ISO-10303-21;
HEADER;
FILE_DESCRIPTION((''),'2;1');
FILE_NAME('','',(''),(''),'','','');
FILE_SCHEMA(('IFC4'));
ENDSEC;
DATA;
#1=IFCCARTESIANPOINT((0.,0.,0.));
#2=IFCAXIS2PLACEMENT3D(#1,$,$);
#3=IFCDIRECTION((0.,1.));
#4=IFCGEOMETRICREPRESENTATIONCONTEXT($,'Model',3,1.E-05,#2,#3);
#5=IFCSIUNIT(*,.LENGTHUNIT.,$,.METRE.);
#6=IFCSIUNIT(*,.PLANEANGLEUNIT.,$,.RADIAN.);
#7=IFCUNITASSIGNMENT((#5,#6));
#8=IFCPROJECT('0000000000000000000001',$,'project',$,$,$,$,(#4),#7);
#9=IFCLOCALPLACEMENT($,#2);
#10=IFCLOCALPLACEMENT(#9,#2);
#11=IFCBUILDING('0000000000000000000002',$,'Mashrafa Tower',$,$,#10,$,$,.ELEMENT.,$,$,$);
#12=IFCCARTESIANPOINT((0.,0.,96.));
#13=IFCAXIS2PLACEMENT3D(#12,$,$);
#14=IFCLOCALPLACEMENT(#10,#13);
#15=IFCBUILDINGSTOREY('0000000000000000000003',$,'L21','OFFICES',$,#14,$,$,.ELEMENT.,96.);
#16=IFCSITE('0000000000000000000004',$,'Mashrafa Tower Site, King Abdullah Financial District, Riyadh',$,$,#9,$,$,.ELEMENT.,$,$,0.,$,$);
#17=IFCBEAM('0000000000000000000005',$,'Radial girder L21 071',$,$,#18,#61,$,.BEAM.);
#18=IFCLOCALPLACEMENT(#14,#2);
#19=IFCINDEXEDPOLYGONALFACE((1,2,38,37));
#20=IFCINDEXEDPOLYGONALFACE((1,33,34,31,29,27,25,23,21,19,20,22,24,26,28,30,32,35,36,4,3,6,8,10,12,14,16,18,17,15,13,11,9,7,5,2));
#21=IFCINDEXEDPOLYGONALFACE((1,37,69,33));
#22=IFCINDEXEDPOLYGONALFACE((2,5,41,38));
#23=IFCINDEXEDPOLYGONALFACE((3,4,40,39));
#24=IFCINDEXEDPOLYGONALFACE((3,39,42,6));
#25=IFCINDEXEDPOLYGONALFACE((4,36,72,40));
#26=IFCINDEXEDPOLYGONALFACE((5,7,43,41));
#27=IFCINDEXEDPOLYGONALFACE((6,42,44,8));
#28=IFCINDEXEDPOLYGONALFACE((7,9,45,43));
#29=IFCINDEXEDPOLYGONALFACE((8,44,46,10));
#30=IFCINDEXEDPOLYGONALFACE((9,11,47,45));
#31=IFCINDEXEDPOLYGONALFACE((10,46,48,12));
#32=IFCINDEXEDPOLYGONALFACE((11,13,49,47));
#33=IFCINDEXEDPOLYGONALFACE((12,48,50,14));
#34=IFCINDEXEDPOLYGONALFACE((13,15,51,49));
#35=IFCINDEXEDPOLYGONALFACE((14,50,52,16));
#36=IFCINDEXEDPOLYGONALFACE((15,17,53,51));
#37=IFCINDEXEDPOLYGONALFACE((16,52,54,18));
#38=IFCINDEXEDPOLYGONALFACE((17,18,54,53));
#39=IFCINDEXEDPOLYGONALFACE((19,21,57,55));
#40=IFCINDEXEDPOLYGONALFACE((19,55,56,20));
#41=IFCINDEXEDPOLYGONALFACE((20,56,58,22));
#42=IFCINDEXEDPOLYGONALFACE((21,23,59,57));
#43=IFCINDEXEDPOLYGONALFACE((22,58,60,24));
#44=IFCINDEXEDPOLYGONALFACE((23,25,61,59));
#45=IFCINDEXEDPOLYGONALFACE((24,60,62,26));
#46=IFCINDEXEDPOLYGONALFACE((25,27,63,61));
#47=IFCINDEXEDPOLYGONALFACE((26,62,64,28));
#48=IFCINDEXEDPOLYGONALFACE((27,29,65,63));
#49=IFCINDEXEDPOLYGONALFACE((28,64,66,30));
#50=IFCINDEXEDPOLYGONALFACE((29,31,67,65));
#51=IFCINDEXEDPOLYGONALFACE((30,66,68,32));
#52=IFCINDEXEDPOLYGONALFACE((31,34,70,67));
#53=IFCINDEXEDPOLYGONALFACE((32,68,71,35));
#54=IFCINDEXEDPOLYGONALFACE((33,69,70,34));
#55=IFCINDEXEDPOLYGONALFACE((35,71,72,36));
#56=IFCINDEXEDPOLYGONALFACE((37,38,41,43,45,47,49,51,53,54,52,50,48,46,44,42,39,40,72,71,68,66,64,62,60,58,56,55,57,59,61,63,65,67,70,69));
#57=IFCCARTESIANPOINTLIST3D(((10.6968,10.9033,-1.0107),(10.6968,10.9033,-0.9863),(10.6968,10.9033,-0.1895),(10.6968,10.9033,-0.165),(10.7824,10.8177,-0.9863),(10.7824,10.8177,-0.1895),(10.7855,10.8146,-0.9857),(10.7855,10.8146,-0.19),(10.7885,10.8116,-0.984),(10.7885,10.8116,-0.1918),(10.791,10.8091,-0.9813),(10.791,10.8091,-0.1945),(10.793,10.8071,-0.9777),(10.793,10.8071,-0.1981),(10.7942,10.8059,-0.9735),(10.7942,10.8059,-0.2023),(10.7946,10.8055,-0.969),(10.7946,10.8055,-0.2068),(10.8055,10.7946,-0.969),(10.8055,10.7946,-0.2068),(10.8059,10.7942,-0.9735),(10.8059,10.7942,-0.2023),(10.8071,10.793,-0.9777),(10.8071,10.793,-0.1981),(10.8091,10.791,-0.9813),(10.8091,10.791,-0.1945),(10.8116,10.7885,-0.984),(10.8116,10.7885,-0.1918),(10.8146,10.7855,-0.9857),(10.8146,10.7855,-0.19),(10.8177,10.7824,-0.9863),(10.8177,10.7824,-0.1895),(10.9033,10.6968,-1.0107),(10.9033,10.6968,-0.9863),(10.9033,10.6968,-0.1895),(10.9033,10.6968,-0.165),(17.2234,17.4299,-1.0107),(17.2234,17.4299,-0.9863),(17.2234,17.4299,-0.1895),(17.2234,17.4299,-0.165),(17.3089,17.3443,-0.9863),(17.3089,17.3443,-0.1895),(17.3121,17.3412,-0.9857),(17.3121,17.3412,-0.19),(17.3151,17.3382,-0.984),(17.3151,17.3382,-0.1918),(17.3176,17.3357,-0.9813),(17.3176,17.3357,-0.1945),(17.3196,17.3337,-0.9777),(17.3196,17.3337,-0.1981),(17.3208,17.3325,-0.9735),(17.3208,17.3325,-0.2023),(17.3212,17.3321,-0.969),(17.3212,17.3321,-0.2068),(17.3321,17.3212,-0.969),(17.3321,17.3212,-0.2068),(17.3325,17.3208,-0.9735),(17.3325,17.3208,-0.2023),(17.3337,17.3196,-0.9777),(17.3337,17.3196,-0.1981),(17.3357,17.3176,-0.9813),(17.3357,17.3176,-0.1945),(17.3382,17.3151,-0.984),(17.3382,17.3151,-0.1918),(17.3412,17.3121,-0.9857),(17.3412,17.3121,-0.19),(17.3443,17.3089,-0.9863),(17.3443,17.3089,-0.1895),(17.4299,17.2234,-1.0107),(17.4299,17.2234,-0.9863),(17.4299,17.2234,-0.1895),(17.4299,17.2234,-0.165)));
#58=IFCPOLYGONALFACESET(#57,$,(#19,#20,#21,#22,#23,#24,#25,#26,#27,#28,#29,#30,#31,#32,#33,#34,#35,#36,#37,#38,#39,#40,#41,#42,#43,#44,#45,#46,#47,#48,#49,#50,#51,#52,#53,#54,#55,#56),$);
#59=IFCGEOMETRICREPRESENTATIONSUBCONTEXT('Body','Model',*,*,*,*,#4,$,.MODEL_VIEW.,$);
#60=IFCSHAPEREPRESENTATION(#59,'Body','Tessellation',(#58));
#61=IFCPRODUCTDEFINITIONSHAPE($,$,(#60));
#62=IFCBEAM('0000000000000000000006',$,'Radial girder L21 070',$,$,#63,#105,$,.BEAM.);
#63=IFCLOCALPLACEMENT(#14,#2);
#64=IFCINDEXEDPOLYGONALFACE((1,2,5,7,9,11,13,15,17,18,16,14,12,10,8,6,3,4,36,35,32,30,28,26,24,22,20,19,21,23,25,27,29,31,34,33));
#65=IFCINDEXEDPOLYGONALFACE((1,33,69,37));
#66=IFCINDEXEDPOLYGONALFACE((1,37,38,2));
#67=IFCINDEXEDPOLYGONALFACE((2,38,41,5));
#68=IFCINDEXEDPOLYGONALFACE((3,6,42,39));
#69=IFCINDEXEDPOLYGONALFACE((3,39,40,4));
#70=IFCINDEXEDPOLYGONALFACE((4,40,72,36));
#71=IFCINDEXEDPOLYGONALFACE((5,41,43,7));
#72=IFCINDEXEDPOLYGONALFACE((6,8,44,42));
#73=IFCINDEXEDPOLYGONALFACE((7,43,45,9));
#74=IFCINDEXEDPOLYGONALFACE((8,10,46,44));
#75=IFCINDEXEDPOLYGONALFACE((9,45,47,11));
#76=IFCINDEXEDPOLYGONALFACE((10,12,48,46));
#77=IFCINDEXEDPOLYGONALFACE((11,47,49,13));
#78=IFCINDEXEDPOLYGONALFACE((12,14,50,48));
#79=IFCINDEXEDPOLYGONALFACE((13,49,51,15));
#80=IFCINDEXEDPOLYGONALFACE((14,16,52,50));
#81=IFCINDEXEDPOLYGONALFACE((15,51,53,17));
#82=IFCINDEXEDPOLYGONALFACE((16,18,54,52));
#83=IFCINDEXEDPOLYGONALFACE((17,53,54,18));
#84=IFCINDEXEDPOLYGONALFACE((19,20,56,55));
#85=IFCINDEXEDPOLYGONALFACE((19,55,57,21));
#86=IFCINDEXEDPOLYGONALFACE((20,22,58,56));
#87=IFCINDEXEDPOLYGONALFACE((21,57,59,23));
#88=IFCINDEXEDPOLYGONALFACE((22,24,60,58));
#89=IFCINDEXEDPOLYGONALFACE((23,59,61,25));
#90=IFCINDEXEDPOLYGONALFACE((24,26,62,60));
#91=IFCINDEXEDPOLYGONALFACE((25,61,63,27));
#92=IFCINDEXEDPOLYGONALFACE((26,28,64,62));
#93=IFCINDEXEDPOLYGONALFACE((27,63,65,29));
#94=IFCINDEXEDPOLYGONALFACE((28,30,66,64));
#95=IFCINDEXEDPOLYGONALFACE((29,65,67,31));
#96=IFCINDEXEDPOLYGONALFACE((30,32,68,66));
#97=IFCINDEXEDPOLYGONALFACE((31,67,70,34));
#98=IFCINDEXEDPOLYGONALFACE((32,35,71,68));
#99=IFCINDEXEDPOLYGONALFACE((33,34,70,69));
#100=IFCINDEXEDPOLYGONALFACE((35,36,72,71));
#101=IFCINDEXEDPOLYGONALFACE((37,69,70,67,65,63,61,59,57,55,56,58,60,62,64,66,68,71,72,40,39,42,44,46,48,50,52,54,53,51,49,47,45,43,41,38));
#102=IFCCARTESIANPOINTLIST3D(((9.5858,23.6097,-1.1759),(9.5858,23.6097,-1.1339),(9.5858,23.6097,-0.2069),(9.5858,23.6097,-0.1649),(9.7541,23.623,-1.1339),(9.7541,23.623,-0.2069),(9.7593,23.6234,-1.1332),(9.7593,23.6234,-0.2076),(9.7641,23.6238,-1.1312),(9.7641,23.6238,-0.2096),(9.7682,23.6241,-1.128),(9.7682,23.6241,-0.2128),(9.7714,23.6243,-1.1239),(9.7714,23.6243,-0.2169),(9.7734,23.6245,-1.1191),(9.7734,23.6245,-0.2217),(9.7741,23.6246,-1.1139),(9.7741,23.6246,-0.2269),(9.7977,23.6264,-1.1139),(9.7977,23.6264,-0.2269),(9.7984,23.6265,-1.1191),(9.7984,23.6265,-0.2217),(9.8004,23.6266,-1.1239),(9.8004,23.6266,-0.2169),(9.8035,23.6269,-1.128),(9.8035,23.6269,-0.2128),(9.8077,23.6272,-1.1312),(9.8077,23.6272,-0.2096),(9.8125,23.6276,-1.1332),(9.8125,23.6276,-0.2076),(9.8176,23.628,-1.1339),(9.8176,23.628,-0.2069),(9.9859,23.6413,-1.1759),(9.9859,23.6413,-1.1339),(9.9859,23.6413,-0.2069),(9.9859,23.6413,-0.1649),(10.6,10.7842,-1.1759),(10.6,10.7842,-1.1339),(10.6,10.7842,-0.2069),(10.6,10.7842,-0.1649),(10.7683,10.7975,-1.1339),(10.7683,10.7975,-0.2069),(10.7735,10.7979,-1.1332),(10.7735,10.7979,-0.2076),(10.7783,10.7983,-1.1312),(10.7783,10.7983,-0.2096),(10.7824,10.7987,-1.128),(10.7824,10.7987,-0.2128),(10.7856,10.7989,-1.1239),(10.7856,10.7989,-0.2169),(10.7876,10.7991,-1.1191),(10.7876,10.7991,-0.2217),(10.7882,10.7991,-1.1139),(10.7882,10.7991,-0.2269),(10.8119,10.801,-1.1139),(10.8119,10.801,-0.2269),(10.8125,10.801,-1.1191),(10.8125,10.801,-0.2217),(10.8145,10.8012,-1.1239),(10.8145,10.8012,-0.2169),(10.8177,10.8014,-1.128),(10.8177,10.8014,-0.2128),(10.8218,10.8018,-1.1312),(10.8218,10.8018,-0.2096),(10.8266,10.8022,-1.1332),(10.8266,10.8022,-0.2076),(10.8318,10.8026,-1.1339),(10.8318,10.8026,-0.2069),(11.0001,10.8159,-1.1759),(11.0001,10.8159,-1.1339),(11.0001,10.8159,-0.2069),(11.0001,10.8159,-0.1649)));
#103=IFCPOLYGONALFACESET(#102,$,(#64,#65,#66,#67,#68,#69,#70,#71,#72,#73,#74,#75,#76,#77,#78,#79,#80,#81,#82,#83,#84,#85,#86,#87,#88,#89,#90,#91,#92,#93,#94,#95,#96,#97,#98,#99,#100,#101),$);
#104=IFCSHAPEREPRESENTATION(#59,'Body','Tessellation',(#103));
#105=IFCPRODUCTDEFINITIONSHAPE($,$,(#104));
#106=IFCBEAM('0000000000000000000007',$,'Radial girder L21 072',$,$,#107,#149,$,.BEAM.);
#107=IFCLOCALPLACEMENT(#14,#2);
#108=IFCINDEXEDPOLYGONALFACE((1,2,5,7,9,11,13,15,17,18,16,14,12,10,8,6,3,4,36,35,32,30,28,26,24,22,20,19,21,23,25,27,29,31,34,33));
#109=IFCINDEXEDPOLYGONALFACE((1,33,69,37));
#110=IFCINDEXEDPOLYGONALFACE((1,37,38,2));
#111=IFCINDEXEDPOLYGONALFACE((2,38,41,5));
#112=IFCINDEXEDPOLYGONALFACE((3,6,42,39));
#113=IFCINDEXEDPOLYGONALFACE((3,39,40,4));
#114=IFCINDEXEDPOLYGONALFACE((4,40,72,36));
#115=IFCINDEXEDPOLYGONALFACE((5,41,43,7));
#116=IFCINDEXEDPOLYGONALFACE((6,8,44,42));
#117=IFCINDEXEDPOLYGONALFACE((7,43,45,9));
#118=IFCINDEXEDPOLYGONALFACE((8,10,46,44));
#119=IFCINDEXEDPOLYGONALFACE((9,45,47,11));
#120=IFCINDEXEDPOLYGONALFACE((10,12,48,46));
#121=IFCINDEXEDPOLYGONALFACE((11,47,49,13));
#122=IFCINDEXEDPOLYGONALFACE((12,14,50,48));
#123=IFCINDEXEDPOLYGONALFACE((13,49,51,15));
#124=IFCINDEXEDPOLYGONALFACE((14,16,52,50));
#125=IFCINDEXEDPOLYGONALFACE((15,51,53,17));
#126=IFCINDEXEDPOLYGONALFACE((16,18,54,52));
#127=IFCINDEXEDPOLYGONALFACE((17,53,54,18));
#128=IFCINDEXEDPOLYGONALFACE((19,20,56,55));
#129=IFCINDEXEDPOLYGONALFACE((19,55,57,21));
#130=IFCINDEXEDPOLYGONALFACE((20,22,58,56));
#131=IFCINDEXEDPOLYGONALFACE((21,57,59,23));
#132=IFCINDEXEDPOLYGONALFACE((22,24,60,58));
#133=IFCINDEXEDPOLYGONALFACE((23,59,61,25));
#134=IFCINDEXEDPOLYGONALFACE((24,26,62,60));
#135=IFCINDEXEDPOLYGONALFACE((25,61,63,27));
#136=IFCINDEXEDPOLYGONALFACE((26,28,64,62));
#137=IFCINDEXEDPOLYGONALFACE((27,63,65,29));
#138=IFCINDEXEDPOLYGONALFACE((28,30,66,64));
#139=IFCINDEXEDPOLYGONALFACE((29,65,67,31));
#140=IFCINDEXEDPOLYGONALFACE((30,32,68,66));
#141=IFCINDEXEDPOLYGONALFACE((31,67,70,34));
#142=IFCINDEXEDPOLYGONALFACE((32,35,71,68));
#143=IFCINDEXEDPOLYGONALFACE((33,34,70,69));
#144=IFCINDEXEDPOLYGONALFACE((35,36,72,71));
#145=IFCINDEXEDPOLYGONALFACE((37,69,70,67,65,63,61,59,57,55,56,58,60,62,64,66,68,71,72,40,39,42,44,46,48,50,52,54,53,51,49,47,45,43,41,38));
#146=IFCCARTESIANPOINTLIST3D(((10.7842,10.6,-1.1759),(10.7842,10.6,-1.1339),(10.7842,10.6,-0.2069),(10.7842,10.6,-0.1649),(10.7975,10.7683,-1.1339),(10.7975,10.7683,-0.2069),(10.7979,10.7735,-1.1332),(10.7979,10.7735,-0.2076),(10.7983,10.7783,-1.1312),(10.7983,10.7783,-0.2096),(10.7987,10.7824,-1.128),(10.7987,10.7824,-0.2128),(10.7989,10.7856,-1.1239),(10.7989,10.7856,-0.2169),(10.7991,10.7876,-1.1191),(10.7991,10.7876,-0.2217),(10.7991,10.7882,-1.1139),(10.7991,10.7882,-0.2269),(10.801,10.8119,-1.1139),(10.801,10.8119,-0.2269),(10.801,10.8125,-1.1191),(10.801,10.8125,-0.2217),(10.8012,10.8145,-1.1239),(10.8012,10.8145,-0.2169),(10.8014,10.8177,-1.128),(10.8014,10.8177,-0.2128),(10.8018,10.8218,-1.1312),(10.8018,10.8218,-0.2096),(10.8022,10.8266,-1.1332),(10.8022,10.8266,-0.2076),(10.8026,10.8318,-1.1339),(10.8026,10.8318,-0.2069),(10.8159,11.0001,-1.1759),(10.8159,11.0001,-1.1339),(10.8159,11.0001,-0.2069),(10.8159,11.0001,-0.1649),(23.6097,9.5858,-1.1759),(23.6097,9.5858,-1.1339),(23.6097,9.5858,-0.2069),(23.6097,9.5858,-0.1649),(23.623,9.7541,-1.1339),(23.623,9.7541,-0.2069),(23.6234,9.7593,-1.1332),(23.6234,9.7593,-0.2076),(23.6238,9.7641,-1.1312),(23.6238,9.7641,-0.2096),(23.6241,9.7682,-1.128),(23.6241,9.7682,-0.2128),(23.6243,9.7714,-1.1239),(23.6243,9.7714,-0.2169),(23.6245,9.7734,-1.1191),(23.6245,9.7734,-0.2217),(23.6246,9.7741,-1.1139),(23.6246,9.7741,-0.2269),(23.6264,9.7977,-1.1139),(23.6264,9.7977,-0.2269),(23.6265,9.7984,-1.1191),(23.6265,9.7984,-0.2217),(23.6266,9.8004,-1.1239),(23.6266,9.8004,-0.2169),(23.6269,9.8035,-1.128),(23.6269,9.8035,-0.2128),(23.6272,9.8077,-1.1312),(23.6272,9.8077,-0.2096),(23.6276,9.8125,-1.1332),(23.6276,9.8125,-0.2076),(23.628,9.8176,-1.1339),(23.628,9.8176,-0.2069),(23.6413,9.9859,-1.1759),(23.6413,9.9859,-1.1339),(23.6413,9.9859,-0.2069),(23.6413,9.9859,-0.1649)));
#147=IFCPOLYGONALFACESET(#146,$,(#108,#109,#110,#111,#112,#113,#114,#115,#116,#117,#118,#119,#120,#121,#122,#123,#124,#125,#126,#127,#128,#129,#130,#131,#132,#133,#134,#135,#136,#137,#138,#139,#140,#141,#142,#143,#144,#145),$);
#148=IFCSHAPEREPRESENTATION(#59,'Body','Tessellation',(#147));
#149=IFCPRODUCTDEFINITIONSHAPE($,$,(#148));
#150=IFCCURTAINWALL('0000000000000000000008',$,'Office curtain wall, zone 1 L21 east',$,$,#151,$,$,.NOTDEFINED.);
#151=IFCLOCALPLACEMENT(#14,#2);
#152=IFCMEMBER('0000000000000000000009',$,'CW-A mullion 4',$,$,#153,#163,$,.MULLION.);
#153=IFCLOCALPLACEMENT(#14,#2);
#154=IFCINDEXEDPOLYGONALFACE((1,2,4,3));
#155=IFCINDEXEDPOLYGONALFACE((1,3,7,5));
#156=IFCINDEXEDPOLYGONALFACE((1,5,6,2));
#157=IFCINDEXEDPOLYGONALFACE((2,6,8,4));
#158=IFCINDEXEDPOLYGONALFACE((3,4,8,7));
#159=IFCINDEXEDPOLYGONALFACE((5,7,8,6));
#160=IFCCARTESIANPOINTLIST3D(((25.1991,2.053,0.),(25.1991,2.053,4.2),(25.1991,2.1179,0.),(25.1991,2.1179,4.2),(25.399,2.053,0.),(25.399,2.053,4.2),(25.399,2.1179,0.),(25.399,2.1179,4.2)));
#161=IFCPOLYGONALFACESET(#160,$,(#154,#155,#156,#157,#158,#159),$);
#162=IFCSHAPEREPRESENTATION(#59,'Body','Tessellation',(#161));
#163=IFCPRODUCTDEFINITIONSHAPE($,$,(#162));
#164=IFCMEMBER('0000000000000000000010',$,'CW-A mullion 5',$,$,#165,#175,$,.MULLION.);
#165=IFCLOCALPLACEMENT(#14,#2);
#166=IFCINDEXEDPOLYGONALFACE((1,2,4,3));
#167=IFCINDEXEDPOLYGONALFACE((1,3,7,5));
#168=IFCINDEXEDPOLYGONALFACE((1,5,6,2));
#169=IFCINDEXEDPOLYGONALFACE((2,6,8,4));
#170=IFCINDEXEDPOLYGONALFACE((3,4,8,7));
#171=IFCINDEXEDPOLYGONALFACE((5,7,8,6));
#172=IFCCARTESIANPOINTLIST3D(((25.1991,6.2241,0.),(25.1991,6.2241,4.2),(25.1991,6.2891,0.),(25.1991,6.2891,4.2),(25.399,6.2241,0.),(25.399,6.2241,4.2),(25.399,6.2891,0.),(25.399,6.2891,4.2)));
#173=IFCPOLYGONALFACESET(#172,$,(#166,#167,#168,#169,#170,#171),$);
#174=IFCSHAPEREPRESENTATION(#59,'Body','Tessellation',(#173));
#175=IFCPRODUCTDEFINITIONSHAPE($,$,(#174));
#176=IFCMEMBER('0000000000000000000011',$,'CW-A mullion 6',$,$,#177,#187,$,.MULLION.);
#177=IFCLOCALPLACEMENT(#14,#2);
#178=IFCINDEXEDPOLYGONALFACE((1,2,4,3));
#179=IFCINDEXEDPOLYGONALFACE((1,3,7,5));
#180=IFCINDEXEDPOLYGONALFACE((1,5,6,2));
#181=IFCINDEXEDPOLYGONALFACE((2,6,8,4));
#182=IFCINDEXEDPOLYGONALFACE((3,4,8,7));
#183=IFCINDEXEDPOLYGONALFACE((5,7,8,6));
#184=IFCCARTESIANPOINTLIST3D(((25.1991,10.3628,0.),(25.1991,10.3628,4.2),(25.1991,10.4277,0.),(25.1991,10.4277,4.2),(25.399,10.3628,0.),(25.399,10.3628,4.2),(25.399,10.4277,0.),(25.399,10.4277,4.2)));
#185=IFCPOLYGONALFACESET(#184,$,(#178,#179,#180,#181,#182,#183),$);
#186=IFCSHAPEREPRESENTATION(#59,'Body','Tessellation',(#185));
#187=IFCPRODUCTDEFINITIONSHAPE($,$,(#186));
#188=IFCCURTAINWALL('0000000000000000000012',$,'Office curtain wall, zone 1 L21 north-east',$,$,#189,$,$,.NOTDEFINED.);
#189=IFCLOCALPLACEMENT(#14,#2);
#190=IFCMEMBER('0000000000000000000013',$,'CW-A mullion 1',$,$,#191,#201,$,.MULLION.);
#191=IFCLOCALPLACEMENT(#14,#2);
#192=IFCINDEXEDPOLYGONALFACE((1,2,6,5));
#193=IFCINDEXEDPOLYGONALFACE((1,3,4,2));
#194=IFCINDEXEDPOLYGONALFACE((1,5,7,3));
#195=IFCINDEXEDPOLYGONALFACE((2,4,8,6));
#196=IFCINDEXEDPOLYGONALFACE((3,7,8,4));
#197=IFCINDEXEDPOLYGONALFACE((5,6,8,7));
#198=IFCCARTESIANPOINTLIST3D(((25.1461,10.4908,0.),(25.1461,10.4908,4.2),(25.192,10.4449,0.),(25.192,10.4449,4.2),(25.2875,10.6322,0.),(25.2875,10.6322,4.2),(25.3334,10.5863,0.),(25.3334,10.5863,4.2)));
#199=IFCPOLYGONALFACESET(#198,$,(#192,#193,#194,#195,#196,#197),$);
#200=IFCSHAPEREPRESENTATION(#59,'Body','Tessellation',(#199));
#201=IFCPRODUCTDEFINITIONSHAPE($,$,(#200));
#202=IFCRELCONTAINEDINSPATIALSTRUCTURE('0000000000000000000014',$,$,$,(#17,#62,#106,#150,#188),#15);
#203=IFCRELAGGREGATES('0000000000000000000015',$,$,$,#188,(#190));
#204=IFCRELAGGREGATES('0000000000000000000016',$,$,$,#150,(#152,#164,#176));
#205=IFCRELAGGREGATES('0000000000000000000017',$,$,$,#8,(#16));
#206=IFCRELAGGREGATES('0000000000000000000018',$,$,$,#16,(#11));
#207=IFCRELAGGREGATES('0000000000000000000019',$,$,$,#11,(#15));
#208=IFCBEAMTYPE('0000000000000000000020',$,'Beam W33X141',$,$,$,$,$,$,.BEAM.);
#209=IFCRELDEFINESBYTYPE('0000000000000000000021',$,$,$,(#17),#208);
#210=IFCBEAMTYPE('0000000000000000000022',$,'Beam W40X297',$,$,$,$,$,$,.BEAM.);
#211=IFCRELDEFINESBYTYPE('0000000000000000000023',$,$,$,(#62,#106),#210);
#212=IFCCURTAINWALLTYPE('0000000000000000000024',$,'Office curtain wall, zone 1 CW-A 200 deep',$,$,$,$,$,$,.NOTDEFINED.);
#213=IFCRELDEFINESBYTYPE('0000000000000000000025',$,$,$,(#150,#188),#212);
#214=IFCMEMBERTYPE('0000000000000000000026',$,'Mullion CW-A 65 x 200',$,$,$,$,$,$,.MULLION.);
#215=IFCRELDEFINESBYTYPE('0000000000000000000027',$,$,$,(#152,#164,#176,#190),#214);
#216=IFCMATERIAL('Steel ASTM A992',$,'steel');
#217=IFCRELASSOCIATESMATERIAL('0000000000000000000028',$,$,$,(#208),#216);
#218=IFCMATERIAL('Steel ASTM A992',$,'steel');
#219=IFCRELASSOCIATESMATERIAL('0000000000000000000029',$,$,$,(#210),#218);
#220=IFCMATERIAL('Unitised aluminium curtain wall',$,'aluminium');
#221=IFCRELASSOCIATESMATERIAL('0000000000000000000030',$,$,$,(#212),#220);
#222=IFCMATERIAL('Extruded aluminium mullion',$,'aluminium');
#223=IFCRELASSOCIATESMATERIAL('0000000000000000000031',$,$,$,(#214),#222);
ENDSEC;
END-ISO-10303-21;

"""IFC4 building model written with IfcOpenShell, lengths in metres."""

from ifc_helpers import new_model, si_unit, direction, frame, origin, origin_2d, place, context, subcontext, project, spatial, rectangle, i_section, extrude, source, transform, mapped, material, material_profile, profile_set, type_object, type_shapes, element, aggregate, save


model = new_model("IFC4")

# Units and contexts
model_context = context("Model", 3, precision=1e-05, world=origin(), true_north=direction((0.0, 1.0)))
body_context = subcontext(model_context, "Body", "Model", "MODEL_VIEW")
ifc_project = project(units=[si_unit("LENGTHUNIT", "METRE"), si_unit("PLANEANGLEUNIT", "RADIAN")], contexts=[model_context])

# Site, building, storey
site_placement = place(None, origin())
site = spatial("IfcSite", under=ifc_project, at=site_placement, Name="Mashrafa Tower Site, King Abdullah Financial District, Riyadh", CompositionType="ELEMENT", RefElevation=0.0)
building_placement = place(site_placement, origin())
building = spatial("IfcBuilding", under=site, at=building_placement, Name="Mashrafa Tower", CompositionType="ELEMENT")
storey_placement = place(building_placement, frame((0.0, 0.0, 96.0)))
storey = spatial("IfcBuildingStorey", under=building, at=storey_placement, Name="L21", Description="OFFICES", CompositionType="ELEMENT", Elevation=96.0)

# Beams
ifc_material_1 = material(Name="Steel ASTM A992", Category="steel")
ifc_material_profile_1 = material_profile(ifc_material_1, i_section(OverallWidth=0.292, OverallDepth=0.8457, WebThickness=0.0154, FlangeThickness=0.0244, FilletRadius=0.0173, at=origin_2d()), Name="W33X141")
ifc_profile_set_1 = profile_set([ifc_material_profile_1], Name="Steel ASTM A992")
beam_type_1 = type_object("IfcBeamType", Name="Beam W33X141", PredefinedType="BEAM", material=ifc_profile_set_1)
beam_1_placement = place(storey_placement, frame((10.8, 10.8, -0.5879), z_axis=(0.707107, 0.707107, 0.0), x_axis=(-0.707107, 0.707107, 0.0)))
element("IfcBeam", 1, at=beam_1_placement, inside=storey, type_object=beam_type_1, Name="Radial girder L21 071", PredefinedType="BEAM", context=body_context, shape_type="SweptSolid", body=[
    extrude(i_section(OverallWidth=0.292, OverallDepth=0.8457, WebThickness=0.0154, FlangeThickness=0.0244, FilletRadius=0.0173, at=origin_2d()), origin(), (0.0, 0.0, 1.0), 9.23),
])
ifc_material_2 = material(Name="Steel ASTM A992", Category="steel")
ifc_material_profile_2 = material_profile(ifc_material_2, i_section(OverallWidth=0.4014, OverallDepth=1.011, WebThickness=0.0237, FlangeThickness=0.042, FilletRadius=0.02, at=origin_2d()), Name="W40X297")
ifc_profile_set_2 = profile_set([ifc_material_profile_2], Name="Steel ASTM A992")
beam_type_2 = type_object("IfcBeamType", Name="Beam W40X297", PredefinedType="BEAM", material=ifc_profile_set_2)
for number, where, z_axis, x_axis, name in (
    (2, (10.8, 10.8, -0.6704), (-0.078828, 0.996888, 0.0), (-0.996888, -0.078828, 0.0), "Radial girder L21 070"),
    (3, (10.8, 10.8, -0.6704), (0.996888, -0.078828, 0.0), (0.078828, 0.996888, 0.0), "Radial girder L21 072"),
):
    element("IfcBeam", number, at=place(storey_placement, frame(where, z_axis=z_axis, x_axis=x_axis)), inside=storey, type_object=beam_type_2, Name=name, PredefinedType="BEAM", context=body_context, shape_type="SweptSolid", body=[
        extrude(i_section(OverallWidth=0.4014, OverallDepth=1.011, WebThickness=0.0237, FlangeThickness=0.042, FilletRadius=0.02, at=origin_2d()), origin(), (0.0, 0.0, 1.0), 12.8655),
    ])

# Curtain wall, members
ifc_material_3 = material(Name="Unitised aluminium curtain wall", Category="aluminium")
curtain_wall_type = type_object("IfcCurtainWallType", Name="Office curtain wall, zone 1 CW-A 200 deep", PredefinedType="NOTDEFINED", material=ifc_material_3)
curtain_wall_1_placement = place(storey_placement, origin())
curtain_wall_1 = element("IfcCurtainWall", 4, at=curtain_wall_1_placement, inside=storey, type_object=curtain_wall_type, Name="Office curtain wall, zone 1 L21 east", PredefinedType="NOTDEFINED")
ifc_material_4 = material(Name="Extruded aluminium mullion", Category="aluminium")
ifc_material_profile_3 = material_profile(ifc_material_4, rectangle(XDim=0.2, YDim=0.0649, at=origin_2d()), Name="Mullion 65x200")
ifc_profile_set_3 = profile_set([ifc_material_profile_3], Name="Extruded aluminium mullion")
member_type_1 = type_object("IfcMemberType", Name="Mullion CW-A 65 x 200", PredefinedType="MULLION", material=ifc_profile_set_3)
shared_shape_1 = source(origin(), body_context, "Body", "SweptSolid", [
    extrude(rectangle(XDim=0.2, YDim=0.0649, at=origin_2d()), origin(), (0.0, 0.0, 1.0), 4.2),
])
type_shapes(member_type_1, [shared_shape_1])
member_1_placement = place(storey_placement, frame((25.2991, 2.0854, 0.0), z_axis=(0.0, 0.0, 1.0), x_axis=(-1.0, 0.0, 0.0)))
member_1 = element("IfcMember", 5, at=member_1_placement, type_object=member_type_1, Name="CW-A mullion 4", PredefinedType="MULLION", context=body_context, shape_type="MappedRepresentation", body=[
    mapped(shared_shape_1, transform((0.0, 0.0, 0.0))),
])
member_2_placement = place(storey_placement, frame((25.2991, 6.2566, 0.0), z_axis=(0.0, 0.0, 1.0), x_axis=(-1.0, 0.0, 0.0)))
member_2 = element("IfcMember", 6, at=member_2_placement, type_object=member_type_1, Name="CW-A mullion 5", PredefinedType="MULLION", context=body_context, shape_type="MappedRepresentation", body=[
    mapped(shared_shape_1, transform((0.0, 0.0, 0.0))),
])
member_3_placement = place(storey_placement, frame((25.2991, 10.3953, 0.0), z_axis=(0.0, 0.0, 1.0), x_axis=(-1.0, 0.0, 0.0)))
member_3 = element("IfcMember", 7, at=member_3_placement, type_object=member_type_1, Name="CW-A mullion 6", PredefinedType="MULLION", context=body_context, shape_type="MappedRepresentation", body=[
    mapped(shared_shape_1, transform((0.0, 0.0, 0.0))),
])

# Curtain wall, member
curtain_wall_2_placement = place(storey_placement, origin())
curtain_wall_2 = element("IfcCurtainWall", 8, at=curtain_wall_2_placement, inside=storey, type_object=curtain_wall_type, Name="Office curtain wall, zone 1 L21 north-east", PredefinedType="NOTDEFINED")
member_4_placement = place(storey_placement, frame((25.2397, 10.5386, 0.0), z_axis=(0.0, 0.0, 1.0), x_axis=(-0.707107, -0.707107, 0.0)))
member_4 = element("IfcMember", 9, at=member_4_placement, type_object=member_type_1, Name="CW-A mullion 1", PredefinedType="MULLION", context=body_context, shape_type="MappedRepresentation", body=[
    mapped(shared_shape_1, transform((0.0, 0.0, 0.0))),
])

aggregate(curtain_wall_2, [member_4])

aggregate(curtain_wall_1, [member_1, member_2, member_3])

save(model, "model.ifc")
